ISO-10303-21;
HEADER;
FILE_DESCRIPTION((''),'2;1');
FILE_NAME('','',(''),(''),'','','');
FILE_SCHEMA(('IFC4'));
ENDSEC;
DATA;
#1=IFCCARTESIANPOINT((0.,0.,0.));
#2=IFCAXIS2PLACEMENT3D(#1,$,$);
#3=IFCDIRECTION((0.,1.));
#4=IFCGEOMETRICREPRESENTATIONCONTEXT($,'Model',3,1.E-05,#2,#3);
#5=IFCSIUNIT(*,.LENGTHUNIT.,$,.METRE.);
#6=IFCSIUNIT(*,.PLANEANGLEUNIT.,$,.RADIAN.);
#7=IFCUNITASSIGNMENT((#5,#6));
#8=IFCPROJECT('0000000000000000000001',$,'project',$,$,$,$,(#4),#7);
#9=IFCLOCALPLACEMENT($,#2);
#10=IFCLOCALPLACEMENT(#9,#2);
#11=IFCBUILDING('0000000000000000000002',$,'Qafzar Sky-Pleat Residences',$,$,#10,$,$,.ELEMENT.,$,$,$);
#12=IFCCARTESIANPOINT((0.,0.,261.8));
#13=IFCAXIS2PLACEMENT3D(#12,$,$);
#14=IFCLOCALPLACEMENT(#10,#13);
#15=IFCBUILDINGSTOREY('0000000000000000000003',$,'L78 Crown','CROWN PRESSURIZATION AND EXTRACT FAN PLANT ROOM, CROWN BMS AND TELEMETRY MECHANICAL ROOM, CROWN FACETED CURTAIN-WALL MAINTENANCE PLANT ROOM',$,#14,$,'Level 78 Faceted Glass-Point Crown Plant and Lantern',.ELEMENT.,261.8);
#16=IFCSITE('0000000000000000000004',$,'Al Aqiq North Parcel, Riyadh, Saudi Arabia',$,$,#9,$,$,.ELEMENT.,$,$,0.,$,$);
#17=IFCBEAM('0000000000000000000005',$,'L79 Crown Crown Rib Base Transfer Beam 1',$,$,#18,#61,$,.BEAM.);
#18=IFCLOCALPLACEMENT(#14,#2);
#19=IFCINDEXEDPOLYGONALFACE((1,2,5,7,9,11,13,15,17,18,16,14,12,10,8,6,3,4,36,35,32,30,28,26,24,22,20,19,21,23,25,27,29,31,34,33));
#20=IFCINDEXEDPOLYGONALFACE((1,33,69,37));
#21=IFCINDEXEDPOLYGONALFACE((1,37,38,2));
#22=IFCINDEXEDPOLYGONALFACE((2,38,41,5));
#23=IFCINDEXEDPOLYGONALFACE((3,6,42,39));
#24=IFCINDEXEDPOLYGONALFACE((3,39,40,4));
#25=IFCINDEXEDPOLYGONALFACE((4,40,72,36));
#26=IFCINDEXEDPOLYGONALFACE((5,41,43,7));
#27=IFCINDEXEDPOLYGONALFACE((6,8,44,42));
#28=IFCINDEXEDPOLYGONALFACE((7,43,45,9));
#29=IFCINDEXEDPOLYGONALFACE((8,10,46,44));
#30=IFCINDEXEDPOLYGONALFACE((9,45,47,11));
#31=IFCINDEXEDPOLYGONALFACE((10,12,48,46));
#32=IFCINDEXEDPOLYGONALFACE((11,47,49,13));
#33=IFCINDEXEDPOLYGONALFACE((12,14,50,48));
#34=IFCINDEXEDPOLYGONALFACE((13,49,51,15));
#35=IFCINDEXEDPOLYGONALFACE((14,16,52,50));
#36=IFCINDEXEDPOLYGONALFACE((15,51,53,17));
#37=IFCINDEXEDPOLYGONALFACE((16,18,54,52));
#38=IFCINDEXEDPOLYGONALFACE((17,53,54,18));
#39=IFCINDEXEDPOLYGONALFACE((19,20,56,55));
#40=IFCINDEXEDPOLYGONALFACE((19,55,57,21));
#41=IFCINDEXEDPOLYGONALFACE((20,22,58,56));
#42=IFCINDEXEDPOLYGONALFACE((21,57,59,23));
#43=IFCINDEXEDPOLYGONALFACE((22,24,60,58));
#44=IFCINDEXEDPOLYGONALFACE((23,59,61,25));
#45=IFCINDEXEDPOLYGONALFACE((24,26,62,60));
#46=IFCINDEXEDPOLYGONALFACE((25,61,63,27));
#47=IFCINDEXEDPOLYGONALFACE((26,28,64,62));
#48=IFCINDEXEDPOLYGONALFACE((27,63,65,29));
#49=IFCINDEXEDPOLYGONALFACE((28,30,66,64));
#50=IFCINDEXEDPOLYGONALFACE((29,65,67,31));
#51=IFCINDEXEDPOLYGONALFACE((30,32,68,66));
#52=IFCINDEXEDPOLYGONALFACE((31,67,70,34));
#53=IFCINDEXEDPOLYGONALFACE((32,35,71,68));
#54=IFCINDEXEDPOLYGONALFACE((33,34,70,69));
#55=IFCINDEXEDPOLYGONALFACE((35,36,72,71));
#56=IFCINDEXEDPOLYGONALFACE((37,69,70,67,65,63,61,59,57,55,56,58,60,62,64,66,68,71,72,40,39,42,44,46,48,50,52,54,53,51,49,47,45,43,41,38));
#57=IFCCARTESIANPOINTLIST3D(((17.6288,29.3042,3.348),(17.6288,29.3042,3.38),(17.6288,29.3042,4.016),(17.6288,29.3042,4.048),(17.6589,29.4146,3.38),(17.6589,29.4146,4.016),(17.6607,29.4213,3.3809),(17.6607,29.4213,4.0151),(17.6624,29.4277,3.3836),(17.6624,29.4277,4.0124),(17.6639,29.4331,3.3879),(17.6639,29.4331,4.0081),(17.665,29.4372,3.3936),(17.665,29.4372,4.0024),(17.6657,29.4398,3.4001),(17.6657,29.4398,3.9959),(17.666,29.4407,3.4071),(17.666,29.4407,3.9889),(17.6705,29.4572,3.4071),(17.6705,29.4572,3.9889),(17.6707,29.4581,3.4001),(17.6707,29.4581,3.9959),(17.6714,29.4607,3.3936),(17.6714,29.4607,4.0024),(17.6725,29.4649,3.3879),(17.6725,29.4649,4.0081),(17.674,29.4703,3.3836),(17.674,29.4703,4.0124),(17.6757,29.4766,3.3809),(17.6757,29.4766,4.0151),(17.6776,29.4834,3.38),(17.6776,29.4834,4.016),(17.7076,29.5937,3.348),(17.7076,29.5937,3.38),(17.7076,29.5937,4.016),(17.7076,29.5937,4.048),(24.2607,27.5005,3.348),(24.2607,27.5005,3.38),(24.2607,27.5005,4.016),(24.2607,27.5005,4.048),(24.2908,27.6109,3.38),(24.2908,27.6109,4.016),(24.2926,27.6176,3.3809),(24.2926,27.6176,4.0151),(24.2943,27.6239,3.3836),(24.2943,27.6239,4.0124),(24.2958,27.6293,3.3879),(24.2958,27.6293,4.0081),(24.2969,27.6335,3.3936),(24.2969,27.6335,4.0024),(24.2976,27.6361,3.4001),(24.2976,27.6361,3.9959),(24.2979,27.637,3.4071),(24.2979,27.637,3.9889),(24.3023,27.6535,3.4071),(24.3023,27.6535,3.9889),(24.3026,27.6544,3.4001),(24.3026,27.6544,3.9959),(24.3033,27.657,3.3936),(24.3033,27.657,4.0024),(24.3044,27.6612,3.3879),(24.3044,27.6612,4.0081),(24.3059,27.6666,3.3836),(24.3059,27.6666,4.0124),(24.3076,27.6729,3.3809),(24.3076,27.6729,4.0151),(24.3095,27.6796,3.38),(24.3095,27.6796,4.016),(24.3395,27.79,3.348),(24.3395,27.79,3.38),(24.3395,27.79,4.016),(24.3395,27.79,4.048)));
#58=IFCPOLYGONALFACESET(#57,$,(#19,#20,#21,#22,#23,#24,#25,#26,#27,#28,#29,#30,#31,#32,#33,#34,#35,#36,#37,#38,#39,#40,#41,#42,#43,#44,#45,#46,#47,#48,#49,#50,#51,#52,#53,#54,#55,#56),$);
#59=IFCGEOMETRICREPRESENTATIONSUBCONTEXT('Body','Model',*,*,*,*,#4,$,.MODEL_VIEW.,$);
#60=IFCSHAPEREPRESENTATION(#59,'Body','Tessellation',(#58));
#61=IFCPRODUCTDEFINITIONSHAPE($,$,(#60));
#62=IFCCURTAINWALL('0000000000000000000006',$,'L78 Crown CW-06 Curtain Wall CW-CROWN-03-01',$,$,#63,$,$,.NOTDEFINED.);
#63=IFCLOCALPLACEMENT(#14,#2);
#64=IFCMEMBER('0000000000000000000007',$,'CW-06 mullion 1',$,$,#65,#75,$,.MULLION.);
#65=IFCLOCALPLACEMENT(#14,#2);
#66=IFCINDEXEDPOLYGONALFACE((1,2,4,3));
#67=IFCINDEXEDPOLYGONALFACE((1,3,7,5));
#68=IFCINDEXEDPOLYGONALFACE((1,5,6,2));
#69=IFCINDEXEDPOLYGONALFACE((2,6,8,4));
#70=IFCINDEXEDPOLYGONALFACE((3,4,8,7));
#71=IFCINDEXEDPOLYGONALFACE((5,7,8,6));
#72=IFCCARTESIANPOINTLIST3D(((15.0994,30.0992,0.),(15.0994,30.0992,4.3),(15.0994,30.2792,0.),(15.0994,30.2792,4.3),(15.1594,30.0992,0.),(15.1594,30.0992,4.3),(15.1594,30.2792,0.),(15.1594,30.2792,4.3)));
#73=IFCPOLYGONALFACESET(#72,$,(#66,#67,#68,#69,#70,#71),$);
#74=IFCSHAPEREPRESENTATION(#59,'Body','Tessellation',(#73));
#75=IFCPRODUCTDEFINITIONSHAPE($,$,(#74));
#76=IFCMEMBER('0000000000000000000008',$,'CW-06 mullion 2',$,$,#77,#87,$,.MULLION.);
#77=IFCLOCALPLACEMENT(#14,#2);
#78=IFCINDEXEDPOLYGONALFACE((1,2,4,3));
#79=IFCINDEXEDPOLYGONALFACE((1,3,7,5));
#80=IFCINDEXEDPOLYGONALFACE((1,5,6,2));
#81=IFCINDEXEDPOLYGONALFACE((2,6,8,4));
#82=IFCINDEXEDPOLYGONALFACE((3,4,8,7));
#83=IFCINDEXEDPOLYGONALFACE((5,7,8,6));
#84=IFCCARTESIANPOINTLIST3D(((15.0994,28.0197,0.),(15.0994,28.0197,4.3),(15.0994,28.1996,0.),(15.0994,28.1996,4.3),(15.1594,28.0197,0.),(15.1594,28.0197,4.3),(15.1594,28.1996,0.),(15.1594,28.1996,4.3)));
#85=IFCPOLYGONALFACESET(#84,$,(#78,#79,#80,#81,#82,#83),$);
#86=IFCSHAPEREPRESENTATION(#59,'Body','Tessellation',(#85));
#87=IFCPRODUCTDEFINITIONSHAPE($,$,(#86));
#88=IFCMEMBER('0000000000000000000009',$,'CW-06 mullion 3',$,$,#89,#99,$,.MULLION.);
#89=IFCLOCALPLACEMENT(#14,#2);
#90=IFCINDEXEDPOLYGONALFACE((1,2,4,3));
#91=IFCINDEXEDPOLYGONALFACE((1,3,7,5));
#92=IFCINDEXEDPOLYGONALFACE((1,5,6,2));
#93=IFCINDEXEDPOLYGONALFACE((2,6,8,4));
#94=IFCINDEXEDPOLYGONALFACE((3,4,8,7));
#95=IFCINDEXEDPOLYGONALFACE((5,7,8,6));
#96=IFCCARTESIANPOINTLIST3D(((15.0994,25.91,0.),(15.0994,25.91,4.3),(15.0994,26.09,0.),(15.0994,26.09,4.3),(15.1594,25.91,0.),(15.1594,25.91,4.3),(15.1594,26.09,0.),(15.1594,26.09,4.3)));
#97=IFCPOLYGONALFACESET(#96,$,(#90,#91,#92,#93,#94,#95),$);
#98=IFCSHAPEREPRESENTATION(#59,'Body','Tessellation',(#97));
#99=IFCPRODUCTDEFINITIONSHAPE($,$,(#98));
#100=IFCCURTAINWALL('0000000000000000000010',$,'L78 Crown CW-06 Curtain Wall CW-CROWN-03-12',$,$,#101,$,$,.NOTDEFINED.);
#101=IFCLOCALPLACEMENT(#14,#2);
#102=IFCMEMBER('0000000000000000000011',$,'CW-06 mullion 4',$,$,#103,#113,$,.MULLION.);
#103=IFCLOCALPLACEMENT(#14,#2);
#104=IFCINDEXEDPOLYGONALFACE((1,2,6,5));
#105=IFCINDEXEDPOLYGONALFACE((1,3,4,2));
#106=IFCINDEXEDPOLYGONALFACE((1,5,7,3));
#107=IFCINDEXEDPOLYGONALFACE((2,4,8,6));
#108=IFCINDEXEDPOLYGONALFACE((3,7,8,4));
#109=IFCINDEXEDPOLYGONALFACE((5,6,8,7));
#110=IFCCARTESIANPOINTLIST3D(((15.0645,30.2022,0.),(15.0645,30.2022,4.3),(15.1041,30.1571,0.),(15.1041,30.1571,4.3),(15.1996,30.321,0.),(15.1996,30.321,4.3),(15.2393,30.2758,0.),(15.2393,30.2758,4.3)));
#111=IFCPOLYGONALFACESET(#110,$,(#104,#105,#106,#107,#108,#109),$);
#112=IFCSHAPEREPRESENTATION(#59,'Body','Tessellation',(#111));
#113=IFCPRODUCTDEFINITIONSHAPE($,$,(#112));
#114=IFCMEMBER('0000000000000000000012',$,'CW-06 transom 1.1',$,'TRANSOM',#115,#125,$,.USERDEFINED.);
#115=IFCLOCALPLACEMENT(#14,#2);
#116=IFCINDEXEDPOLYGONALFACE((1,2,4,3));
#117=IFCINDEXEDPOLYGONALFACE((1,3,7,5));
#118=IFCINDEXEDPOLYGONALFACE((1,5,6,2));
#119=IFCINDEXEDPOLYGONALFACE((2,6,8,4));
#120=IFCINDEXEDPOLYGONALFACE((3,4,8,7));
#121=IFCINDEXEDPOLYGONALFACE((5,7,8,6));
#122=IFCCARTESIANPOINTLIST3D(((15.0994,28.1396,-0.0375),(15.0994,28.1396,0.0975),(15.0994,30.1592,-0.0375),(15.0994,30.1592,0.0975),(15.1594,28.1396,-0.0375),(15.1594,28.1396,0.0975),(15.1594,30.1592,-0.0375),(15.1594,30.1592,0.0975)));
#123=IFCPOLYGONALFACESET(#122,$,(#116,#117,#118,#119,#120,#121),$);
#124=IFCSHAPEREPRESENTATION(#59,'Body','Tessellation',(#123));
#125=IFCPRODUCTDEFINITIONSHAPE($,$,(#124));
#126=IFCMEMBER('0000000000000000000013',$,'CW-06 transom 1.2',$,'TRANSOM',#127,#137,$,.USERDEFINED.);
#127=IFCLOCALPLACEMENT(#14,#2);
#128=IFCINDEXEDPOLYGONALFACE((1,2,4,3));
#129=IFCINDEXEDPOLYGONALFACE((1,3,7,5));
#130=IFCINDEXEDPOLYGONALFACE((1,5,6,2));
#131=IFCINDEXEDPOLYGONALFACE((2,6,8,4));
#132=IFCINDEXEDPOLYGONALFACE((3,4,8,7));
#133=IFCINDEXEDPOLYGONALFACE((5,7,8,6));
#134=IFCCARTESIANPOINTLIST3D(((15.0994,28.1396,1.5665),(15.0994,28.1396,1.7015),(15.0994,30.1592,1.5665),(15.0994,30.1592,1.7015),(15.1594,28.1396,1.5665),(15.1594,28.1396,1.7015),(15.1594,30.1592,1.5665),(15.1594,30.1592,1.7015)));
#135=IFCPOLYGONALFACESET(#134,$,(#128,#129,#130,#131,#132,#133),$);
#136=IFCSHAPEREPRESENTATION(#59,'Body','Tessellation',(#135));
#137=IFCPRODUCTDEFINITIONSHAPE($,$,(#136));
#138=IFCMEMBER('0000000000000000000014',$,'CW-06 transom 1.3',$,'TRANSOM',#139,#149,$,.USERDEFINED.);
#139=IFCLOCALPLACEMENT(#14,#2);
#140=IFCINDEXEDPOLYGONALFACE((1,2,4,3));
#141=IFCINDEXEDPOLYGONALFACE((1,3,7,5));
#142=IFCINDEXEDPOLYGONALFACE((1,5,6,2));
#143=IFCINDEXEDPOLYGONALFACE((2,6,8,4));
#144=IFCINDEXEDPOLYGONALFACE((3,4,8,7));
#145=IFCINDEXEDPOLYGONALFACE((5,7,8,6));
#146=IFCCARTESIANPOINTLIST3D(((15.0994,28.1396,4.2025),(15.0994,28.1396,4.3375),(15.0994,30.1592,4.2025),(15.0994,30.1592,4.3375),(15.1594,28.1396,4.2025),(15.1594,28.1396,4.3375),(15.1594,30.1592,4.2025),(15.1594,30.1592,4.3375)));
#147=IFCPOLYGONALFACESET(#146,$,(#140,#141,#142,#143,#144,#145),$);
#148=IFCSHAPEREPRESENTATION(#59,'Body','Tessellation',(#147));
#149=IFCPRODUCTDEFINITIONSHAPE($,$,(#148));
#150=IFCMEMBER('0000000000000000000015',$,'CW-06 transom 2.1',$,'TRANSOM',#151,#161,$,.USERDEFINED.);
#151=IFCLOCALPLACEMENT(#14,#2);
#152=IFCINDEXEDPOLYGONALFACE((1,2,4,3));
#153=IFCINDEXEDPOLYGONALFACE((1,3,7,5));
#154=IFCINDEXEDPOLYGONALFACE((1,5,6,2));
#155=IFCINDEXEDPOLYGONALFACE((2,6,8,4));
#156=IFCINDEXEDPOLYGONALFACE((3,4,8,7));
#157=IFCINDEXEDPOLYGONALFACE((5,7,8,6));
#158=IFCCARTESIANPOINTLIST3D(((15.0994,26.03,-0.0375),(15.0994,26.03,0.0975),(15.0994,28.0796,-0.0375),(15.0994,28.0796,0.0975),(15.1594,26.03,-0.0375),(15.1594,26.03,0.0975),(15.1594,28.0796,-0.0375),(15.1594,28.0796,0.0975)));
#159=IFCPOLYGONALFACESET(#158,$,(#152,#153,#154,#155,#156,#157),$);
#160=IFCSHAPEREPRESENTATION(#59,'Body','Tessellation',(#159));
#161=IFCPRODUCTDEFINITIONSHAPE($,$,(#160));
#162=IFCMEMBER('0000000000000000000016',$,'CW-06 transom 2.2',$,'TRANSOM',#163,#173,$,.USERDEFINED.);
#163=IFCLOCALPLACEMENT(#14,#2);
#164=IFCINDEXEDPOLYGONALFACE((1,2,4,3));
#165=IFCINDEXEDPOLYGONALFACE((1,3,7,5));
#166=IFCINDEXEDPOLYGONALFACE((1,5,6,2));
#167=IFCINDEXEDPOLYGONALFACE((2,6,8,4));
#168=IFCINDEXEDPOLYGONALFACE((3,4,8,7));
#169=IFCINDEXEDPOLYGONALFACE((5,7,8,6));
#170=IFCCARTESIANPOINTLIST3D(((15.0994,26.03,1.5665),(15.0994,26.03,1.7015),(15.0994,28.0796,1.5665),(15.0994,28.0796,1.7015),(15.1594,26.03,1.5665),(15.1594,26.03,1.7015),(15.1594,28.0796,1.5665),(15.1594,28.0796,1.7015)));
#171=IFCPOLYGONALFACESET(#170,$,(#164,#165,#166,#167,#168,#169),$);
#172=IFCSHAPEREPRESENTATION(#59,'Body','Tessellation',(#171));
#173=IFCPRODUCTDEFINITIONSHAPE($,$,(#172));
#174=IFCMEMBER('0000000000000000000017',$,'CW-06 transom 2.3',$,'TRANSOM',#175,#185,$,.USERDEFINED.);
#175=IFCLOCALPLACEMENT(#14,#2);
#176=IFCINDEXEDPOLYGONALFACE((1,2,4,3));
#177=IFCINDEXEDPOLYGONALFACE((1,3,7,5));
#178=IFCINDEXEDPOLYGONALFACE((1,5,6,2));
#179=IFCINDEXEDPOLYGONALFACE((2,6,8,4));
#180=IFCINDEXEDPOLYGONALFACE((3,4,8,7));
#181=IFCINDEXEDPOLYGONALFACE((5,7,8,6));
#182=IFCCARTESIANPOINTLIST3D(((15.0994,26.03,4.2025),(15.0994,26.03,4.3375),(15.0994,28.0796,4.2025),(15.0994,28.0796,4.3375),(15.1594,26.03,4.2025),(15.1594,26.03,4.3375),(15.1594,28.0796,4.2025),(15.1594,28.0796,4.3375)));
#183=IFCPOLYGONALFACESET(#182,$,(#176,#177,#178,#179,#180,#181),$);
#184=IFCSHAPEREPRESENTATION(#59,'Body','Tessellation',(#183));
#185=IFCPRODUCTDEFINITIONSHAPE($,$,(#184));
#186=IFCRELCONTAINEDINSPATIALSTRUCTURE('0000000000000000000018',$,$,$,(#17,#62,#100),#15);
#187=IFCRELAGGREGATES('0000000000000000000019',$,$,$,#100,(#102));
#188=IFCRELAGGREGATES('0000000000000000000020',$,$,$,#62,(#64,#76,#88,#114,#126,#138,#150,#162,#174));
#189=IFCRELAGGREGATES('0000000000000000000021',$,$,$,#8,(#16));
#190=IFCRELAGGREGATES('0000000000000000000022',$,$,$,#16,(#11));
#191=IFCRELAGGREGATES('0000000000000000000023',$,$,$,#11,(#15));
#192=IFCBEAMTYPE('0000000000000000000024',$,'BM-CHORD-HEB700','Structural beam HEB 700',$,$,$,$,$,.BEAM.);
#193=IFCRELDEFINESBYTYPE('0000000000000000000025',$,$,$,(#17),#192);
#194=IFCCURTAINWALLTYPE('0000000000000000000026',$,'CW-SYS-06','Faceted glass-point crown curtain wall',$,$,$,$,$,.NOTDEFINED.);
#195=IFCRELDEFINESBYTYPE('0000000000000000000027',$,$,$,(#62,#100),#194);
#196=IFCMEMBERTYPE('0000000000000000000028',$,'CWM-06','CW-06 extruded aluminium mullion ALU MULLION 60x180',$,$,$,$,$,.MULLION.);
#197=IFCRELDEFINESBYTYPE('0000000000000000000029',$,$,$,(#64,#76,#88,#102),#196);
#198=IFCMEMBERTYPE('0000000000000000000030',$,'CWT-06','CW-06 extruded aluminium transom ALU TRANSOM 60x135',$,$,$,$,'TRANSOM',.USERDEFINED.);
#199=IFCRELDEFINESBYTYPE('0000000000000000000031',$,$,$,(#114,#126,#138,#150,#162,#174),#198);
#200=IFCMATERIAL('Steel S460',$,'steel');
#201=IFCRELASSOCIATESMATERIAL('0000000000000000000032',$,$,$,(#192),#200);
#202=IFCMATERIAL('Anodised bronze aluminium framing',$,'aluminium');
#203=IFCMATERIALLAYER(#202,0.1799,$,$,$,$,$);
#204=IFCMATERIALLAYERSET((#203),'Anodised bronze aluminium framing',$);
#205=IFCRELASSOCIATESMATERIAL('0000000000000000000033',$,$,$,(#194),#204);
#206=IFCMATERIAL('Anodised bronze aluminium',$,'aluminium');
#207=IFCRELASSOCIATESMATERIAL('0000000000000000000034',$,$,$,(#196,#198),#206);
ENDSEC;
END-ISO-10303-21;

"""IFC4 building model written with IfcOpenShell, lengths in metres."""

from ifc_helpers import new_model, si_unit, direction, frame, origin, origin_2d, place, context, subcontext, project, spatial, rectangle, i_section, extrude, source, transform, mapped, material, layer, layer_set, material_profile, profile_set, type_object, element, aggregate, save


model = new_model("IFC4")

# Units and contexts
model_context = context("Model", 3, precision=1e-05, world=origin(), true_north=direction((0.0, 1.0)))
body_context = subcontext(model_context, "Body", "Model", "MODEL_VIEW")
ifc_project = project(units=[si_unit("LENGTHUNIT", "METRE"), si_unit("PLANEANGLEUNIT", "RADIAN")], contexts=[model_context])

# Site, building, storey
site_placement = place(None, origin())
site = spatial("IfcSite", under=ifc_project, at=site_placement, Name="Al Aqiq North Parcel, Riyadh, Saudi Arabia", CompositionType="ELEMENT", RefElevation=0.0)
building_placement = place(site_placement, origin())
building = spatial("IfcBuilding", under=site, at=building_placement, Name="Qafzar Sky-Pleat Residences", CompositionType="ELEMENT")
storey_placement = place(building_placement, frame((0.0, 0.0, 261.8)))
storey = spatial("IfcBuildingStorey", under=building, at=storey_placement, Name="L78 Crown", Description="CROWN PRESSURIZATION AND EXTRACT FAN PLANT ROOM, CROWN BMS AND TELEMETRY MECHANICAL ROOM, CROWN FACETED CURTAIN-WALL MAINTENANCE PLANT ROOM", LongName="Level 78 Faceted Glass-Point Crown Plant and Lantern", CompositionType="ELEMENT", Elevation=261.8)

# Shared definitions
ifc_material_1 = material(Name="Steel S460", Category="steel")

# Beam
ifc_material_profile_1 = material_profile(ifc_material_1, i_section(OverallWidth=0.3, OverallDepth=0.7, WebThickness=0.0171, FlangeThickness=0.032, FilletRadius=0.0271, at=origin_2d()), Name="HEB 700")
ifc_profile_set_1 = profile_set([ifc_material_profile_1], Name="Steel S460")
beam_type = type_object("IfcBeamType", Name="BM-CHORD-HEB700", Description="Structural beam HEB 700", PredefinedType="BEAM", material=ifc_profile_set_1)
shared_shape_1 = source(origin(), body_context, "Body", "SweptSolid", [
    extrude(i_section(OverallWidth=0.3, OverallDepth=0.7, WebThickness=0.0171, FlangeThickness=0.032, FilletRadius=0.0271, at=origin_2d()), origin(), (0.0, 0.0, 1.0), 6.8728),
])
beam_placement = place(storey_placement, frame((17.6682, 29.449, 3.698), z_axis=(0.964947, -0.262444, 0.0), x_axis=(0.262444, 0.964947, 0.0)))
element("IfcBeam", 1, at=beam_placement, inside=storey, type_object=beam_type, Name="L79 Crown Crown Rib Base Transfer Beam 1", PredefinedType="BEAM", context=body_context, shape_type="MappedRepresentation", body=[
    mapped(shared_shape_1, transform((0.0, 0.0, 0.0), x_axis=(1.0, 0.0, 0.0), y_axis=(0.0, 1.0, 0.0), z_axis=(0.0, 0.0, 1.0), scale=1.0)),
])

# Curtain wall, members
ifc_material_2 = material(Name="Anodised bronze aluminium framing", Category="aluminium")
ifc_layer_1 = layer(ifc_material_2, 0.1799)
ifc_layer_set_1 = layer_set([ifc_layer_1], Name="Anodised bronze aluminium framing")
curtain_wall_type = type_object("IfcCurtainWallType", Name="CW-SYS-06", Description="Faceted glass-point crown curtain wall", PredefinedType="NOTDEFINED", material=ifc_layer_set_1)
curtain_wall_1_placement = place(storey_placement, origin())
curtain_wall_1 = element("IfcCurtainWall", 2, at=curtain_wall_1_placement, inside=storey, type_object=curtain_wall_type, Name="L78 Crown CW-06 Curtain Wall CW-CROWN-03-01", PredefinedType="NOTDEFINED")
ifc_material_3 = material(Name="Anodised bronze aluminium", Category="aluminium")
ifc_material_profile_2 = material_profile(ifc_material_3, rectangle(XDim=0.0601, YDim=0.1799, at=origin_2d()), Name="ALU MULLION 60x180")
ifc_profile_set_2 = profile_set([ifc_material_profile_2], Name="Anodised bronze aluminium")
member_type_1 = type_object("IfcMemberType", Name="CWM-06", Description="CW-06 extruded aluminium mullion ALU MULLION 60x180", PredefinedType="MULLION", material=ifc_profile_set_2)
shared_shape_2 = source(origin(), body_context, "Body", "SweptSolid", [
    extrude(rectangle(XDim=0.0601, YDim=0.1799, at=origin_2d()), origin(), (0.0, 0.0, 1.0), 4.3),
])
member_1_placement = place(storey_placement, frame((15.1294, 30.1892, 0.0), z_axis=(0.0, 0.0, 1.0), x_axis=(1.0, 0.0, 0.0)))
member_1 = element("IfcMember", 3, at=member_1_placement, type_object=member_type_1, Name="CW-06 mullion 1", PredefinedType="MULLION", context=body_context, shape_type="MappedRepresentation", body=[
    mapped(shared_shape_2, transform((0.0, 0.0, 0.0), x_axis=(1.0, 0.0, 0.0), y_axis=(0.0, 1.0, 0.0), z_axis=(0.0, 0.0, 1.0), scale=1.0)),
])
member_2_placement = place(storey_placement, frame((15.1294, 28.1096, 0.0), z_axis=(0.0, 0.0, 1.0), x_axis=(1.0, 0.0, 0.0)))
member_2 = element("IfcMember", 4, at=member_2_placement, type_object=member_type_1, Name="CW-06 mullion 2", PredefinedType="MULLION", context=body_context, shape_type="MappedRepresentation", body=[
    mapped(shared_shape_2, transform((0.0, 0.0, 0.0), x_axis=(1.0, 0.0, 0.0), y_axis=(0.0, 1.0, 0.0), z_axis=(0.0, 0.0, 1.0), scale=1.0)),
])
member_3_placement = place(storey_placement, frame((15.1294, 26.0, 0.0), z_axis=(0.0, 0.0, 1.0), x_axis=(1.0, 0.0, 0.0)))
member_3 = element("IfcMember", 5, at=member_3_placement, type_object=member_type_1, Name="CW-06 mullion 3", PredefinedType="MULLION", context=body_context, shape_type="MappedRepresentation", body=[
    mapped(shared_shape_2, transform((0.0, 0.0, 0.0), x_axis=(1.0, 0.0, 0.0), y_axis=(0.0, 1.0, 0.0), z_axis=(0.0, 0.0, 1.0), scale=1.0)),
])

# Curtain wall, member
curtain_wall_2_placement = place(storey_placement, origin())
curtain_wall_2 = element("IfcCurtainWall", 6, at=curtain_wall_2_placement, inside=storey, type_object=curtain_wall_type, Name="L78 Crown CW-06 Curtain Wall CW-CROWN-03-12", PredefinedType="NOTDEFINED")
member_4_placement = place(storey_placement, frame((15.1519, 30.239, 0.0), z_axis=(0.0, 0.0, 1.0), x_axis=(0.660134, -0.751148, 0.0)))
member_4 = element("IfcMember", 7, at=member_4_placement, type_object=member_type_1, Name="CW-06 mullion 4", PredefinedType="MULLION", context=body_context, shape_type="MappedRepresentation", body=[
    mapped(shared_shape_2, transform((0.0, 0.0, 0.0), x_axis=(1.0, 0.0, 0.0), y_axis=(0.0, 1.0, 0.0), z_axis=(0.0, 0.0, 1.0), scale=1.0)),
])
aggregate(curtain_wall_2, [member_4])

# Members
ifc_material_profile_3 = material_profile(ifc_material_3, rectangle(XDim=0.0601, YDim=0.135, at=origin_2d()), Name="ALU TRANSOM 60x135")
ifc_profile_set_3 = profile_set([ifc_material_profile_3], Name="Anodised bronze aluminium")
member_type_2 = type_object("IfcMemberType", Name="CWT-06", Description="CW-06 extruded aluminium transom ALU TRANSOM 60x135", ElementType="TRANSOM", PredefinedType="USERDEFINED", material=ifc_profile_set_3)
shared_shape_3 = source(origin(), body_context, "Body", "SweptSolid", [
    extrude(rectangle(XDim=0.0601, YDim=0.135, at=origin_2d()), origin(), (0.0, 0.0, 1.0), 2.0195),
])
member_5_placement = place(storey_placement, frame((15.1294, 30.1592, 0.03), z_axis=(0.0, -1.0, 0.0), x_axis=(1.0, 0.0, 0.0)))
member_5 = element("IfcMember", 8, at=member_5_placement, type_object=member_type_2, Name="CW-06 transom 1.1", ObjectType="TRANSOM", PredefinedType="USERDEFINED", context=body_context, shape_type="MappedRepresentation", body=[
    mapped(shared_shape_3, transform((0.0, 0.0, 0.0), x_axis=(1.0, 0.0, 0.0), y_axis=(0.0, 1.0, 0.0), z_axis=(0.0, 0.0, 1.0), scale=1.0)),
])
member_6_placement = place(storey_placement, frame((15.1294, 30.1592, 1.634), z_axis=(0.0, -1.0, 0.0), x_axis=(1.0, 0.0, 0.0)))
member_6 = element("IfcMember", 9, at=member_6_placement, type_object=member_type_2, Name="CW-06 transom 1.2", ObjectType="TRANSOM", PredefinedType="USERDEFINED", context=body_context, shape_type="MappedRepresentation", body=[
    mapped(shared_shape_3, transform((0.0, 0.0, 0.0), x_axis=(1.0, 0.0, 0.0), y_axis=(0.0, 1.0, 0.0), z_axis=(0.0, 0.0, 1.0), scale=1.0)),
])
member_7_placement = place(storey_placement, frame((15.1294, 30.1592, 4.27), z_axis=(0.0, -1.0, 0.0), x_axis=(1.0, 0.0, 0.0)))
member_7 = element("IfcMember", 10, at=member_7_placement, type_object=member_type_2, Name="CW-06 transom 1.3", ObjectType="TRANSOM", PredefinedType="USERDEFINED", context=body_context, shape_type="MappedRepresentation", body=[
    mapped(shared_shape_3, transform((0.0, 0.0, 0.0), x_axis=(1.0, 0.0, 0.0), y_axis=(0.0, 1.0, 0.0), z_axis=(0.0, 0.0, 1.0), scale=1.0)),
])
shared_shape_4 = source(origin(), body_context, "Body", "SweptSolid", [
    extrude(rectangle(XDim=0.0601, YDim=0.135, at=origin_2d()), origin(), (0.0, 0.0, 1.0), 2.0496),
])
member_8_placement = place(storey_placement, frame((15.1294, 28.0796, 0.03), z_axis=(0.0, -1.0, 0.0), x_axis=(1.0, 0.0, 0.0)))
member_8 = element("IfcMember", 11, at=member_8_placement, type_object=member_type_2, Name="CW-06 transom 2.1", ObjectType="TRANSOM", PredefinedType="USERDEFINED", context=body_context, shape_type="MappedRepresentation", body=[
    mapped(shared_shape_4, transform((0.0, 0.0, 0.0), x_axis=(1.0, 0.0, 0.0), y_axis=(0.0, 1.0, 0.0), z_axis=(0.0, 0.0, 1.0), scale=1.0)),
])
member_9_placement = place(storey_placement, frame((15.1294, 28.0796, 1.634), z_axis=(0.0, -1.0, 0.0), x_axis=(1.0, 0.0, 0.0)))
member_9 = element("IfcMember", 12, at=member_9_placement, type_object=member_type_2, Name="CW-06 transom 2.2", ObjectType="TRANSOM", PredefinedType="USERDEFINED", context=body_context, shape_type="MappedRepresentation", body=[
    mapped(shared_shape_4, transform((0.0, 0.0, 0.0), x_axis=(1.0, 0.0, 0.0), y_axis=(0.0, 1.0, 0.0), z_axis=(0.0, 0.0, 1.0), scale=1.0)),
])
member_10_placement = place(storey_placement, frame((15.1294, 28.0796, 4.27), z_axis=(0.0, -1.0, 0.0), x_axis=(1.0, 0.0, 0.0)))
member_10 = element("IfcMember", 13, at=member_10_placement, type_object=member_type_2, Name="CW-06 transom 2.3", ObjectType="TRANSOM", PredefinedType="USERDEFINED", context=body_context, shape_type="MappedRepresentation", body=[
    mapped(shared_shape_4, transform((0.0, 0.0, 0.0), x_axis=(1.0, 0.0, 0.0), y_axis=(0.0, 1.0, 0.0), z_axis=(0.0, 0.0, 1.0), scale=1.0)),
])

aggregate(curtain_wall_1, [member_1, member_2, member_3, member_5, member_6, member_7, member_8, member_9, member_10])

save(model, "model.ifc")
